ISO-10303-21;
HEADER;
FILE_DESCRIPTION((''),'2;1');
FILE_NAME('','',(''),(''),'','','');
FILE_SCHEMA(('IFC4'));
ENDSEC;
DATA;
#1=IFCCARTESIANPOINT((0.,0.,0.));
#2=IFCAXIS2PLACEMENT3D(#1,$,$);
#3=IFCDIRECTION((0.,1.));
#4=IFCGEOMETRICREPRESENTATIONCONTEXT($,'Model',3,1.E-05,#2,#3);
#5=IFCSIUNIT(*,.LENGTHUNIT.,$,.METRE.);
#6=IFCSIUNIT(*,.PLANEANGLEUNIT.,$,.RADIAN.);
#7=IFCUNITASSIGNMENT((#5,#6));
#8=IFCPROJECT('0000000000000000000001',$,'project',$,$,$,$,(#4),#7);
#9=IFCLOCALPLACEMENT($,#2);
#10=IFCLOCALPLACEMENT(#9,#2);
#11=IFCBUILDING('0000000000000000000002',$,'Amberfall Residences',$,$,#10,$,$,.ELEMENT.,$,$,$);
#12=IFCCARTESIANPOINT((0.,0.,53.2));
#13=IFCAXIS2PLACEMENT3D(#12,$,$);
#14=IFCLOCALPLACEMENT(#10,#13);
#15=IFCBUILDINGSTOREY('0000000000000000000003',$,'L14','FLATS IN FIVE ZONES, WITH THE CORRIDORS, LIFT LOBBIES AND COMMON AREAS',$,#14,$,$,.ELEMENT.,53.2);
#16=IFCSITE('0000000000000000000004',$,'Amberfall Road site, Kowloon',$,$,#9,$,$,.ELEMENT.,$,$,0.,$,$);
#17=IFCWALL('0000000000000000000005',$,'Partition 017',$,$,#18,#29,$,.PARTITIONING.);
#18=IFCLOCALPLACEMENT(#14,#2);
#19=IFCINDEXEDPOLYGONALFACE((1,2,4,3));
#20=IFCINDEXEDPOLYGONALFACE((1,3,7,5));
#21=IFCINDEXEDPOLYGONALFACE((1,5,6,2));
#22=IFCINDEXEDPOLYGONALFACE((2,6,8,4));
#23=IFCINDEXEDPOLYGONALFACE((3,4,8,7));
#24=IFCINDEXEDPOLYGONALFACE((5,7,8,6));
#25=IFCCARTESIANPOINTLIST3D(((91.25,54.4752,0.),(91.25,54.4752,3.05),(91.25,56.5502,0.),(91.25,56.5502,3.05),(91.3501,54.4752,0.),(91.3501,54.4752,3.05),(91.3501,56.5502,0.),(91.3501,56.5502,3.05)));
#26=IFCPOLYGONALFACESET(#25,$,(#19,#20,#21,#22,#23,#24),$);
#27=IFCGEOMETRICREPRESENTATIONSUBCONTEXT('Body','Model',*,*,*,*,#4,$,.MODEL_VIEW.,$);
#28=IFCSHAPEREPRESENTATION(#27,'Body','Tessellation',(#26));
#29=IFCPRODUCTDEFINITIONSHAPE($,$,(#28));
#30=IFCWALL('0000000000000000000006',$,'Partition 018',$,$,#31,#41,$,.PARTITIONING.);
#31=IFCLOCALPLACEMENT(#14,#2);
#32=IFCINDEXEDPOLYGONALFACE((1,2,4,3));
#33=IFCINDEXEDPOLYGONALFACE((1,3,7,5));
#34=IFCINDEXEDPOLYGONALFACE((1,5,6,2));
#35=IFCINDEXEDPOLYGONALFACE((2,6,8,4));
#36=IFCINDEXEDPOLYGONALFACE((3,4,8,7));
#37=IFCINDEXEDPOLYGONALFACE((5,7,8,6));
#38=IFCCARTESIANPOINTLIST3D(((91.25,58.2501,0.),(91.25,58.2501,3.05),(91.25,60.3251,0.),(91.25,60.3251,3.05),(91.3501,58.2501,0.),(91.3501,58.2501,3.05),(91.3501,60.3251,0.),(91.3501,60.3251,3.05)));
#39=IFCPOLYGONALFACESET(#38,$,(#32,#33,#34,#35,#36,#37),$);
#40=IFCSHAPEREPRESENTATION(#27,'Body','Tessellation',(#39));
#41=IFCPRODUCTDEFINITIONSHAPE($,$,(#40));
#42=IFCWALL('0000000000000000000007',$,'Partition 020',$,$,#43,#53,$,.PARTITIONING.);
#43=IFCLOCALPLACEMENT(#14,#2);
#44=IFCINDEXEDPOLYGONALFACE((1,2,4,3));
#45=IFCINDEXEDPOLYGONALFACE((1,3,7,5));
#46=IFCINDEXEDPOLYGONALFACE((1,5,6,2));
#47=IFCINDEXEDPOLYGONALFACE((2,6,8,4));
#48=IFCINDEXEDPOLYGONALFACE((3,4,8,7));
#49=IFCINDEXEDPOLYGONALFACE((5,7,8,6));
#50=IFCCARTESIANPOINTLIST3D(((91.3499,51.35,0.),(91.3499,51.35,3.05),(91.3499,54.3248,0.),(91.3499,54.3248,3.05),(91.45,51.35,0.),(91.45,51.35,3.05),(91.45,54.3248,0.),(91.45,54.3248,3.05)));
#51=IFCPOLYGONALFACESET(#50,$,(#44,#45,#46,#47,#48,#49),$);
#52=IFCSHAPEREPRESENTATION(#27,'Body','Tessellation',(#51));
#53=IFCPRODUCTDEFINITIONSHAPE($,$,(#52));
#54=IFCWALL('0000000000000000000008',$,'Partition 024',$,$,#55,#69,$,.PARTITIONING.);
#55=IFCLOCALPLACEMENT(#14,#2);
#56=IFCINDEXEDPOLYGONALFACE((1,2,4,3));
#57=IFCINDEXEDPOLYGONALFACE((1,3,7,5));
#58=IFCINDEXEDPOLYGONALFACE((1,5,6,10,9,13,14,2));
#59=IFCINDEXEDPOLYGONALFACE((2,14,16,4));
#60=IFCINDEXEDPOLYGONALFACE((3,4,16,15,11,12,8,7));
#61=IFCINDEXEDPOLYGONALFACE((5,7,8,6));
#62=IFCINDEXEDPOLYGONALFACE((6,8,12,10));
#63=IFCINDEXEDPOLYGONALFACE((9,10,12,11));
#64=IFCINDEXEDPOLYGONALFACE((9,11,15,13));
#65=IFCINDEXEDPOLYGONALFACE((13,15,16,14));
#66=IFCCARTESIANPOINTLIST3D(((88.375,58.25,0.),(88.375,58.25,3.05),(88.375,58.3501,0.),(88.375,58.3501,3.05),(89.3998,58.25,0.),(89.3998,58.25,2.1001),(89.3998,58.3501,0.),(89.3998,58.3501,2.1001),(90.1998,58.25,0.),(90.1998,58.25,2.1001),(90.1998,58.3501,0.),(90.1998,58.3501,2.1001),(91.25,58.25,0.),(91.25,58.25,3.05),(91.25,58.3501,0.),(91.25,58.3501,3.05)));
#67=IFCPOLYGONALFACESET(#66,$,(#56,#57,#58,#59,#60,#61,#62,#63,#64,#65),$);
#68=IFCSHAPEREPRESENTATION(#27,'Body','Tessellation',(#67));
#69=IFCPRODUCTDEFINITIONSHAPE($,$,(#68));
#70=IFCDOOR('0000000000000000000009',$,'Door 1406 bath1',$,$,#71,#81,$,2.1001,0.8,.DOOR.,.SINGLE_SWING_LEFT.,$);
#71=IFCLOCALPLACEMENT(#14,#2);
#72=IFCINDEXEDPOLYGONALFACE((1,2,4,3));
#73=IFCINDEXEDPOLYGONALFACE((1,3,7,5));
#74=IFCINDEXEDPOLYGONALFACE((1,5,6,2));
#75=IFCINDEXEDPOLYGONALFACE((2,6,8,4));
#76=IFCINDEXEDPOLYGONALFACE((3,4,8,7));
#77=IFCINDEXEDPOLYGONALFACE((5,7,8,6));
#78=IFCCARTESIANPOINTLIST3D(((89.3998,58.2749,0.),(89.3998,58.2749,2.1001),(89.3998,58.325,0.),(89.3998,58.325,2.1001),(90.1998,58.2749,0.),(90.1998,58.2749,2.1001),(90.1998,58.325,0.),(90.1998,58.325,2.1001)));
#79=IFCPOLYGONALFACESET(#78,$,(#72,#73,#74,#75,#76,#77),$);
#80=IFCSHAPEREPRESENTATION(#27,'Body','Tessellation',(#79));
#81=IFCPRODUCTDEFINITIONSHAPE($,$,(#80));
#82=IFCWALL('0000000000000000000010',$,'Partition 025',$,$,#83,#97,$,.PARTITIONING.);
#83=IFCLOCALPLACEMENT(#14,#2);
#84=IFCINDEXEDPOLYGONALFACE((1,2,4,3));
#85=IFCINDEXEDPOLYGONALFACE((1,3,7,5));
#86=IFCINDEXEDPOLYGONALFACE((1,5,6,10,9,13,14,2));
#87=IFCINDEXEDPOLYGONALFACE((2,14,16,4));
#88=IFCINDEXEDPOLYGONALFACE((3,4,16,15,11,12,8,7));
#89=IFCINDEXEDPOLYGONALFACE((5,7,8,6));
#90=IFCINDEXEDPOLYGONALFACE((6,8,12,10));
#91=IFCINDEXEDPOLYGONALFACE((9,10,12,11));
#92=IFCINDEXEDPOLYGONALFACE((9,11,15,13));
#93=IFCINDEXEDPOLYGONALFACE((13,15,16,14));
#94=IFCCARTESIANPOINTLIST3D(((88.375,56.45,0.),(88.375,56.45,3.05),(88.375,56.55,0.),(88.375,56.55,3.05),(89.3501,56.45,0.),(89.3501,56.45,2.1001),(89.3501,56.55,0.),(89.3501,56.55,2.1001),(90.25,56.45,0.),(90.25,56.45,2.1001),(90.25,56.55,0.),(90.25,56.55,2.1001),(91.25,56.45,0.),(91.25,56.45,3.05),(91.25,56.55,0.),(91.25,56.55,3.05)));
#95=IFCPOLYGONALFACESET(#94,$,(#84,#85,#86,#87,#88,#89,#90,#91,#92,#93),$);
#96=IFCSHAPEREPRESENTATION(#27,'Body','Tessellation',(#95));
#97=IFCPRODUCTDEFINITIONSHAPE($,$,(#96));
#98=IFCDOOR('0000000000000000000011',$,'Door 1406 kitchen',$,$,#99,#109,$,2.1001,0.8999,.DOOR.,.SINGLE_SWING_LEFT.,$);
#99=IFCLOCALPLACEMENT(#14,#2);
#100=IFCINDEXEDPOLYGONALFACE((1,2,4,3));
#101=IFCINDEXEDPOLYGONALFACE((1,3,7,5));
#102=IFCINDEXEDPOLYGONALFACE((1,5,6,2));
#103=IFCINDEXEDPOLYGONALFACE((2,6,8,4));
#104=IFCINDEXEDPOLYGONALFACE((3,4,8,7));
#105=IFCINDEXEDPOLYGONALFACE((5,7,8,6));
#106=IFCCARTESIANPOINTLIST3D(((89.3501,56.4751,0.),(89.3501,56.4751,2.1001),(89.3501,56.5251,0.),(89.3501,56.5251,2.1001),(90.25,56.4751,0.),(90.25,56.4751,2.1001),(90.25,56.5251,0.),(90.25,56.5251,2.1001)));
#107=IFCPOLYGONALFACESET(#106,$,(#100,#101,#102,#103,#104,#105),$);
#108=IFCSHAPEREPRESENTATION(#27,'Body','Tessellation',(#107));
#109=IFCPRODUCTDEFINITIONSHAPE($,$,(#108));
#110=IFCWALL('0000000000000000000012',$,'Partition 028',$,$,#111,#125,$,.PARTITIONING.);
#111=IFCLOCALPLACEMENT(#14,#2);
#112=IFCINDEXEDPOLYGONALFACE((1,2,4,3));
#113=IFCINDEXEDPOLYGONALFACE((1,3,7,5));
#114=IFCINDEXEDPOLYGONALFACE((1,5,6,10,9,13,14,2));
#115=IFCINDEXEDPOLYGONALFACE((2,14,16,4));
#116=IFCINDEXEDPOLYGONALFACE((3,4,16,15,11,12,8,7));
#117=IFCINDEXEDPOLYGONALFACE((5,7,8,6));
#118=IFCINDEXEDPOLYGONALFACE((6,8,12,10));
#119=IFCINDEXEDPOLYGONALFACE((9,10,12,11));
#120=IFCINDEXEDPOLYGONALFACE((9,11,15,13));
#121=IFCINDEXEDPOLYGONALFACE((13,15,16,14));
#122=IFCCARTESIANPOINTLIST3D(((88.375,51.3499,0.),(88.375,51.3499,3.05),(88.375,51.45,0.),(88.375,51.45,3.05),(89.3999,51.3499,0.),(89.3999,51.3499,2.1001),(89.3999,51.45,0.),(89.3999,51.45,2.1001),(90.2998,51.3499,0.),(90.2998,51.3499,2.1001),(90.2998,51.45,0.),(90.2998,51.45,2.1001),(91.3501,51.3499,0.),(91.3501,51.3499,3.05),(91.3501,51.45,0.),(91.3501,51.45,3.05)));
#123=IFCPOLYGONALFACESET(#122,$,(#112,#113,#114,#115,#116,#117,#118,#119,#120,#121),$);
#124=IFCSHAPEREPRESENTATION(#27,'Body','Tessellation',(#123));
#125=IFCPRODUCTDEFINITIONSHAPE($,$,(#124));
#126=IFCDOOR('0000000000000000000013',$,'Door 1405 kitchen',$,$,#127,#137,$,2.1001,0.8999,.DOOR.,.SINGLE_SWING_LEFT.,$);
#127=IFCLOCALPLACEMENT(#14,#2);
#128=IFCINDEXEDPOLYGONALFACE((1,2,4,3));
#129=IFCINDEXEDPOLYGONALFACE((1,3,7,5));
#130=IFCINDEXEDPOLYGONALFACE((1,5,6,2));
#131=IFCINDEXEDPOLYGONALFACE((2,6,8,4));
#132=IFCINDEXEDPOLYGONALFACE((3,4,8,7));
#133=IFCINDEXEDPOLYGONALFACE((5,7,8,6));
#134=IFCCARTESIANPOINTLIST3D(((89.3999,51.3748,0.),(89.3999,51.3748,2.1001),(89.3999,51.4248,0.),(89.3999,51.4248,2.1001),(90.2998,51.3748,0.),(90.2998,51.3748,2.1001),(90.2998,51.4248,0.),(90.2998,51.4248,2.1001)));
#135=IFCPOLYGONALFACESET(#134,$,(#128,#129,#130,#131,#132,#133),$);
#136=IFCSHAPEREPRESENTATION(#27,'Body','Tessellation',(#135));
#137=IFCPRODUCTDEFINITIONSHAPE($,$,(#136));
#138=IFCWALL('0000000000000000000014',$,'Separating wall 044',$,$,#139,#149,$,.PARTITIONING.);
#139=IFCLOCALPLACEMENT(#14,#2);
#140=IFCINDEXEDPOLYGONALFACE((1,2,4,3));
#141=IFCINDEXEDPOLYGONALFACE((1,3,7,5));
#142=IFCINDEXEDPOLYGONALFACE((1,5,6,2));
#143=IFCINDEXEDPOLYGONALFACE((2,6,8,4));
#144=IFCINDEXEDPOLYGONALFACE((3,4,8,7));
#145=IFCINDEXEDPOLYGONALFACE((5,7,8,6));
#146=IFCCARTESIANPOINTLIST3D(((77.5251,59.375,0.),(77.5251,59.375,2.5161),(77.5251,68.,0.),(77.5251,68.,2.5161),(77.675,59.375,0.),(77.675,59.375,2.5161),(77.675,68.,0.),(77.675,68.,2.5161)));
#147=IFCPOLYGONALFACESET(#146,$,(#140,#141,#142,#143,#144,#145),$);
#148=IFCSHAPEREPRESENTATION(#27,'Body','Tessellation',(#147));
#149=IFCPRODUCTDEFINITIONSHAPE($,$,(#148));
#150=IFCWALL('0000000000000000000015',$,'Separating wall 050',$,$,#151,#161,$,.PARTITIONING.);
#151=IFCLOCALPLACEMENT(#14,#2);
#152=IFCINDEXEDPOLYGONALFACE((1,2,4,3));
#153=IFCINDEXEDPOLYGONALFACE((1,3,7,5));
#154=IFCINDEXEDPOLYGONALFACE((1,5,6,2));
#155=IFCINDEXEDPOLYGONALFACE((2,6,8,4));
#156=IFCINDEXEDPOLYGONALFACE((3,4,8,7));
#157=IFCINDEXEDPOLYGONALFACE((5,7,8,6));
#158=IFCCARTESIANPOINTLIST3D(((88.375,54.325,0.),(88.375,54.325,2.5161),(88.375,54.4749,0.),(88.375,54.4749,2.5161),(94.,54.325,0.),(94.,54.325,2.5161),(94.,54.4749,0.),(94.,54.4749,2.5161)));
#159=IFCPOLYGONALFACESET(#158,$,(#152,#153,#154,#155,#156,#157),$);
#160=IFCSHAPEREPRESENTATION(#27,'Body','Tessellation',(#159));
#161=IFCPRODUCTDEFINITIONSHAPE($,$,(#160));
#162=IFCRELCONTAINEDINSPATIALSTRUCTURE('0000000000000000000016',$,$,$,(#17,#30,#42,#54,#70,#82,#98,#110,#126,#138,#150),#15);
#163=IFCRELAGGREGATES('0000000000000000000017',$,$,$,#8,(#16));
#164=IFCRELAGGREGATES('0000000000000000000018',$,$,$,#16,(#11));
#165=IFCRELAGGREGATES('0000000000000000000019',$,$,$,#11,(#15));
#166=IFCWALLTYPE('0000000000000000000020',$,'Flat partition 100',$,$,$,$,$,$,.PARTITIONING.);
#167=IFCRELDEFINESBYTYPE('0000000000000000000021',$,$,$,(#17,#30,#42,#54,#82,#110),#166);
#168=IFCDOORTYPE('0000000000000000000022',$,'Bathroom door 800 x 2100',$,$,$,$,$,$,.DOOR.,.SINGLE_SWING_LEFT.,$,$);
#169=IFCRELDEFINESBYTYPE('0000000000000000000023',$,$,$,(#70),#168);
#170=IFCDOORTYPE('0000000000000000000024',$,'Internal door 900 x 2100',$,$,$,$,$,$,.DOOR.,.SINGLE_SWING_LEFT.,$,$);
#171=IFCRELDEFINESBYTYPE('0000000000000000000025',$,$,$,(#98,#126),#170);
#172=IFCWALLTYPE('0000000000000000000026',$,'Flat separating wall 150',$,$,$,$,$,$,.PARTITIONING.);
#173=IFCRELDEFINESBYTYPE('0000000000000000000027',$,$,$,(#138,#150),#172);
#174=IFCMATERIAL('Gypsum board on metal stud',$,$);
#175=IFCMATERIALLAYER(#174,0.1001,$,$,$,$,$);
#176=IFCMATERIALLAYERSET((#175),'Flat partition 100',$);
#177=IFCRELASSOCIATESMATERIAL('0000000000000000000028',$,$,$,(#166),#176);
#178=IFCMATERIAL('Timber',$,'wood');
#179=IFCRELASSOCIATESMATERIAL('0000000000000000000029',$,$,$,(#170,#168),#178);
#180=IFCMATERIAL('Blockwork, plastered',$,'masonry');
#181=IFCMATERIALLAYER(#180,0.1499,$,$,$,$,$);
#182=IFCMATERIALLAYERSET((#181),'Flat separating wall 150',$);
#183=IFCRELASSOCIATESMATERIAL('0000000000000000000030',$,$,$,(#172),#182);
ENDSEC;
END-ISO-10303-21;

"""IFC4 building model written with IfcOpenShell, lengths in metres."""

from ifc_helpers import new_model, si_unit, direction, frame, frame_2d, origin, place, context, subcontext, project, spatial, rectangle, extrude, material, layer, layer_set, type_object, element, fill, save


model = new_model("IFC4")

# Units and contexts
model_context = context("Model", 3, precision=1e-05, world=origin(), true_north=direction((0.0, 1.0)))
body_context = subcontext(model_context, "Body", "Model", "MODEL_VIEW")
ifc_project = project(units=[si_unit("LENGTHUNIT", "METRE"), si_unit("PLANEANGLEUNIT", "RADIAN")], contexts=[model_context])

# Site, building, storey
site_placement = place(None, origin())
site = spatial("IfcSite", under=ifc_project, at=site_placement, Name="Amberfall Road site, Kowloon", CompositionType="ELEMENT", RefElevation=0.0)
building_placement = place(site_placement, origin())
building = spatial("IfcBuilding", under=site, at=building_placement, Name="Amberfall Residences", CompositionType="ELEMENT")
storey_placement = place(building_placement, frame((0.0, 0.0, 53.2)))
storey = spatial("IfcBuildingStorey", under=building, at=storey_placement, Name="L14", Description="FLATS IN FIVE ZONES, WITH THE CORRIDORS, LIFT LOBBIES AND COMMON AREAS", CompositionType="ELEMENT", Elevation=53.2)

# Shared definitions
ifc_material_1 = material(Name="Gypsum board on metal stud")
ifc_layer_1 = layer(ifc_material_1, 0.1001)
ifc_layer_set_1 = layer_set([ifc_layer_1], Name="Flat partition 100")
wall_type_1 = type_object("IfcWallType", Name="Flat partition 100", PredefinedType="PARTITIONING", material=ifc_layer_set_1)

# Shared definitions
ifc_material_2 = material(Name="Timber", Category="wood")
door_type_1 = type_object("IfcDoorType", Name="Internal door 900 x 2100", OperationType="SINGLE_SWING_LEFT", PredefinedType="DOOR", material=ifc_material_2)

# Walls
for number, where, z_axis, x_axis, name in (
    (1, (91.3, 54.4751, 0.0), (0.0, 0.0, 1.0), (0.0, 1.0, 0.0), "Partition 017"),
    (2, (91.3, 58.25, 0.0), (0.0, 0.0, 1.0), (0.0, 1.0, 0.0), "Partition 018"),
):
    element("IfcWall", number, at=place(storey_placement, frame(where, z_axis=z_axis, x_axis=x_axis)), inside=storey, type_object=wall_type_1, Name=name, PredefinedType="PARTITIONING", context=body_context, shape_type="SweptSolid", body=[
        extrude(rectangle(XDim=2.075, YDim=0.1001, at=frame_2d((1.0376, 0.0))), origin(), (0.0, 0.0, 1.0), 3.05),
    ])
wall_1_placement = place(storey_placement, frame((91.3999, 51.3501, 0.0), z_axis=(0.0, 0.0, 1.0), x_axis=(0.0, 1.0, 0.0)))
element("IfcWall", 3, at=wall_1_placement, inside=storey, type_object=wall_type_1, Name="Partition 020", PredefinedType="PARTITIONING", context=body_context, shape_type="SweptSolid", body=[
    extrude(rectangle(XDim=2.9749, YDim=0.1001, at=frame_2d((1.4873, 0.0))), origin(), (0.0, 0.0, 1.0), 3.05),
])

# Walls, openings, doors
wall_2_placement = place(storey_placement, frame((88.375, 58.3, 0.0), z_axis=(0.0, 0.0, 1.0), x_axis=(1.0, 0.0, 0.0)))
wall_2 = element("IfcWall", 4, at=wall_2_placement, inside=storey, type_object=wall_type_1, Name="Partition 024", PredefinedType="PARTITIONING", context=body_context, shape_type="SweptSolid", body=[
    extrude(rectangle(XDim=2.875, YDim=0.1001, at=frame_2d((1.4375, 0.0))), origin(), (0.0, 0.0, 1.0), 3.05),
])
opening_1_placement = place(wall_2_placement, frame((1.0249, 0.0, 0.0)))
opening_1 = element("IfcOpeningElement", 5, at=opening_1_placement, cuts=wall_2, PredefinedType="OPENING", context=body_context, shape_type="SweptSolid", body=[
    extrude(rectangle(XDim=0.8, YDim=2.1001, at=frame_2d((0.3999, 1.05))), frame((0.0, 0.0601, 0.0), z_axis=(0.0, -1.0, 0.0), x_axis=(1.0, 0.0, 0.0)), (0.0, 0.0, 1.0), 0.1201),
])
door_type_2 = type_object("IfcDoorType", Name="Bathroom door 800 x 2100", OperationType="SINGLE_SWING_LEFT", PredefinedType="DOOR", material=ifc_material_2)
door_1_placement = place(opening_1_placement, origin())
door_1 = element("IfcDoor", 6, at=door_1_placement, inside=storey, type_object=door_type_2, Name="Door 1406 bath1", OperationType="SINGLE_SWING_LEFT", OverallHeight=2.1001, OverallWidth=0.8, PredefinedType="DOOR", context=body_context, shape_type="SweptSolid", body=[
    extrude(rectangle(XDim=0.8, YDim=2.1001, at=frame_2d((0.3999, 1.05))), frame((0.0, 0.0249, 0.0), z_axis=(0.0, -1.0, 0.0), x_axis=(1.0, 0.0, 0.0)), (0.0, 0.0, 1.0), 0.05),
])
fill(opening_1, door_1)
wall_3_placement = place(storey_placement, frame((91.25, 56.5, 0.0), z_axis=(0.0, 0.0, 1.0), x_axis=(-1.0, 0.0, 0.0)))
wall_3 = element("IfcWall", 7, at=wall_3_placement, inside=storey, type_object=wall_type_1, Name="Partition 025", PredefinedType="PARTITIONING", context=body_context, shape_type="SweptSolid", body=[
    extrude(rectangle(XDim=2.875, YDim=0.1001, at=frame_2d((1.4375, 0.0))), origin(), (0.0, 0.0, 1.0), 3.05),
])
opening_2_placement = place(wall_3_placement, frame((1.0, 0.0, 0.0)))
opening_2 = element("IfcOpeningElement", 8, at=opening_2_placement, cuts=wall_3, PredefinedType="OPENING", context=body_context, shape_type="SweptSolid", body=[
    extrude(rectangle(XDim=0.8999, YDim=2.1001, at=frame_2d((0.45, 1.05))), frame((0.0, 0.0601, 0.0), z_axis=(0.0, -1.0, 0.0), x_axis=(1.0, 0.0, 0.0)), (0.0, 0.0, 1.0), 0.1201),
])
door_2_placement = place(opening_2_placement, origin())
door_2 = element("IfcDoor", 9, at=door_2_placement, inside=storey, type_object=door_type_1, Name="Door 1406 kitchen", OperationType="SINGLE_SWING_LEFT", OverallHeight=2.1001, OverallWidth=0.8999, PredefinedType="DOOR", context=body_context, shape_type="SweptSolid", body=[
    extrude(rectangle(XDim=0.8999, YDim=2.1001, at=frame_2d((0.45, 1.05))), frame((0.0, 0.0249, 0.0), z_axis=(0.0, -1.0, 0.0), x_axis=(1.0, 0.0, 0.0)), (0.0, 0.0, 1.0), 0.05),
])
fill(opening_2, door_2)
wall_4_placement = place(storey_placement, frame((88.375, 51.3999, 0.0), z_axis=(0.0, 0.0, 1.0), x_axis=(1.0, 0.0, 0.0)))
wall_4 = element("IfcWall", 10, at=wall_4_placement, inside=storey, type_object=wall_type_1, Name="Partition 028", PredefinedType="PARTITIONING", context=body_context, shape_type="SweptSolid", body=[
    extrude(rectangle(XDim=2.9751, YDim=0.1001, at=frame_2d((1.4875, 0.0))), origin(), (0.0, 0.0, 1.0), 3.05),
])
opening_3_placement = place(wall_4_placement, frame((1.0249, 0.0, 0.0)))
opening_3 = element("IfcOpeningElement", 11, at=opening_3_placement, cuts=wall_4, PredefinedType="OPENING", context=body_context, shape_type="SweptSolid", body=[
    extrude(rectangle(XDim=0.8999, YDim=2.1001, at=frame_2d((0.45, 1.05))), frame((0.0, 0.0601, 0.0), z_axis=(0.0, -1.0, 0.0), x_axis=(1.0, 0.0, 0.0)), (0.0, 0.0, 1.0), 0.1201),
])
door_3_placement = place(opening_3_placement, origin())
door_3 = element("IfcDoor", 12, at=door_3_placement, inside=storey, type_object=door_type_1, Name="Door 1405 kitchen", OperationType="SINGLE_SWING_LEFT", OverallHeight=2.1001, OverallWidth=0.8999, PredefinedType="DOOR", context=body_context, shape_type="SweptSolid", body=[
    extrude(rectangle(XDim=0.8999, YDim=2.1001, at=frame_2d((0.45, 1.05))), frame((0.0, 0.0249, 0.0), z_axis=(0.0, -1.0, 0.0), x_axis=(1.0, 0.0, 0.0)), (0.0, 0.0, 1.0), 0.05),
])
fill(opening_3, door_3)

# Walls
ifc_material_3 = material(Name="Blockwork, plastered", Category="masonry")
ifc_layer_2 = layer(ifc_material_3, 0.1499)
ifc_layer_set_2 = layer_set([ifc_layer_2], Name="Flat separating wall 150")
wall_type_2 = type_object("IfcWallType", Name="Flat separating wall 150", PredefinedType="PARTITIONING", material=ifc_layer_set_2)
wall_5_placement = place(storey_placement, frame((77.6001, 59.375, 0.0), z_axis=(0.0, 0.0, 1.0), x_axis=(0.0, 1.0, 0.0)))
element("IfcWall", 13, at=wall_5_placement, inside=storey, type_object=wall_type_2, Name="Separating wall 044", PredefinedType="PARTITIONING", context=body_context, shape_type="SweptSolid", body=[
    extrude(rectangle(XDim=8.625, YDim=0.1499, at=frame_2d((4.3125, 0.0))), origin(), (0.0, 0.0, 1.0), 2.5161),
])
wall_6_placement = place(storey_placement, frame((88.375, 54.3999, 0.0), z_axis=(0.0, 0.0, 1.0), x_axis=(1.0, 0.0, 0.0)))
element("IfcWall", 14, at=wall_6_placement, inside=storey, type_object=wall_type_2, Name="Separating wall 050", PredefinedType="PARTITIONING", context=body_context, shape_type="SweptSolid", body=[
    extrude(rectangle(XDim=5.625, YDim=0.1499, at=frame_2d((2.8125, 0.0))), origin(), (0.0, 0.0, 1.0), 2.5161),
])

save(model, "model.ifc")
